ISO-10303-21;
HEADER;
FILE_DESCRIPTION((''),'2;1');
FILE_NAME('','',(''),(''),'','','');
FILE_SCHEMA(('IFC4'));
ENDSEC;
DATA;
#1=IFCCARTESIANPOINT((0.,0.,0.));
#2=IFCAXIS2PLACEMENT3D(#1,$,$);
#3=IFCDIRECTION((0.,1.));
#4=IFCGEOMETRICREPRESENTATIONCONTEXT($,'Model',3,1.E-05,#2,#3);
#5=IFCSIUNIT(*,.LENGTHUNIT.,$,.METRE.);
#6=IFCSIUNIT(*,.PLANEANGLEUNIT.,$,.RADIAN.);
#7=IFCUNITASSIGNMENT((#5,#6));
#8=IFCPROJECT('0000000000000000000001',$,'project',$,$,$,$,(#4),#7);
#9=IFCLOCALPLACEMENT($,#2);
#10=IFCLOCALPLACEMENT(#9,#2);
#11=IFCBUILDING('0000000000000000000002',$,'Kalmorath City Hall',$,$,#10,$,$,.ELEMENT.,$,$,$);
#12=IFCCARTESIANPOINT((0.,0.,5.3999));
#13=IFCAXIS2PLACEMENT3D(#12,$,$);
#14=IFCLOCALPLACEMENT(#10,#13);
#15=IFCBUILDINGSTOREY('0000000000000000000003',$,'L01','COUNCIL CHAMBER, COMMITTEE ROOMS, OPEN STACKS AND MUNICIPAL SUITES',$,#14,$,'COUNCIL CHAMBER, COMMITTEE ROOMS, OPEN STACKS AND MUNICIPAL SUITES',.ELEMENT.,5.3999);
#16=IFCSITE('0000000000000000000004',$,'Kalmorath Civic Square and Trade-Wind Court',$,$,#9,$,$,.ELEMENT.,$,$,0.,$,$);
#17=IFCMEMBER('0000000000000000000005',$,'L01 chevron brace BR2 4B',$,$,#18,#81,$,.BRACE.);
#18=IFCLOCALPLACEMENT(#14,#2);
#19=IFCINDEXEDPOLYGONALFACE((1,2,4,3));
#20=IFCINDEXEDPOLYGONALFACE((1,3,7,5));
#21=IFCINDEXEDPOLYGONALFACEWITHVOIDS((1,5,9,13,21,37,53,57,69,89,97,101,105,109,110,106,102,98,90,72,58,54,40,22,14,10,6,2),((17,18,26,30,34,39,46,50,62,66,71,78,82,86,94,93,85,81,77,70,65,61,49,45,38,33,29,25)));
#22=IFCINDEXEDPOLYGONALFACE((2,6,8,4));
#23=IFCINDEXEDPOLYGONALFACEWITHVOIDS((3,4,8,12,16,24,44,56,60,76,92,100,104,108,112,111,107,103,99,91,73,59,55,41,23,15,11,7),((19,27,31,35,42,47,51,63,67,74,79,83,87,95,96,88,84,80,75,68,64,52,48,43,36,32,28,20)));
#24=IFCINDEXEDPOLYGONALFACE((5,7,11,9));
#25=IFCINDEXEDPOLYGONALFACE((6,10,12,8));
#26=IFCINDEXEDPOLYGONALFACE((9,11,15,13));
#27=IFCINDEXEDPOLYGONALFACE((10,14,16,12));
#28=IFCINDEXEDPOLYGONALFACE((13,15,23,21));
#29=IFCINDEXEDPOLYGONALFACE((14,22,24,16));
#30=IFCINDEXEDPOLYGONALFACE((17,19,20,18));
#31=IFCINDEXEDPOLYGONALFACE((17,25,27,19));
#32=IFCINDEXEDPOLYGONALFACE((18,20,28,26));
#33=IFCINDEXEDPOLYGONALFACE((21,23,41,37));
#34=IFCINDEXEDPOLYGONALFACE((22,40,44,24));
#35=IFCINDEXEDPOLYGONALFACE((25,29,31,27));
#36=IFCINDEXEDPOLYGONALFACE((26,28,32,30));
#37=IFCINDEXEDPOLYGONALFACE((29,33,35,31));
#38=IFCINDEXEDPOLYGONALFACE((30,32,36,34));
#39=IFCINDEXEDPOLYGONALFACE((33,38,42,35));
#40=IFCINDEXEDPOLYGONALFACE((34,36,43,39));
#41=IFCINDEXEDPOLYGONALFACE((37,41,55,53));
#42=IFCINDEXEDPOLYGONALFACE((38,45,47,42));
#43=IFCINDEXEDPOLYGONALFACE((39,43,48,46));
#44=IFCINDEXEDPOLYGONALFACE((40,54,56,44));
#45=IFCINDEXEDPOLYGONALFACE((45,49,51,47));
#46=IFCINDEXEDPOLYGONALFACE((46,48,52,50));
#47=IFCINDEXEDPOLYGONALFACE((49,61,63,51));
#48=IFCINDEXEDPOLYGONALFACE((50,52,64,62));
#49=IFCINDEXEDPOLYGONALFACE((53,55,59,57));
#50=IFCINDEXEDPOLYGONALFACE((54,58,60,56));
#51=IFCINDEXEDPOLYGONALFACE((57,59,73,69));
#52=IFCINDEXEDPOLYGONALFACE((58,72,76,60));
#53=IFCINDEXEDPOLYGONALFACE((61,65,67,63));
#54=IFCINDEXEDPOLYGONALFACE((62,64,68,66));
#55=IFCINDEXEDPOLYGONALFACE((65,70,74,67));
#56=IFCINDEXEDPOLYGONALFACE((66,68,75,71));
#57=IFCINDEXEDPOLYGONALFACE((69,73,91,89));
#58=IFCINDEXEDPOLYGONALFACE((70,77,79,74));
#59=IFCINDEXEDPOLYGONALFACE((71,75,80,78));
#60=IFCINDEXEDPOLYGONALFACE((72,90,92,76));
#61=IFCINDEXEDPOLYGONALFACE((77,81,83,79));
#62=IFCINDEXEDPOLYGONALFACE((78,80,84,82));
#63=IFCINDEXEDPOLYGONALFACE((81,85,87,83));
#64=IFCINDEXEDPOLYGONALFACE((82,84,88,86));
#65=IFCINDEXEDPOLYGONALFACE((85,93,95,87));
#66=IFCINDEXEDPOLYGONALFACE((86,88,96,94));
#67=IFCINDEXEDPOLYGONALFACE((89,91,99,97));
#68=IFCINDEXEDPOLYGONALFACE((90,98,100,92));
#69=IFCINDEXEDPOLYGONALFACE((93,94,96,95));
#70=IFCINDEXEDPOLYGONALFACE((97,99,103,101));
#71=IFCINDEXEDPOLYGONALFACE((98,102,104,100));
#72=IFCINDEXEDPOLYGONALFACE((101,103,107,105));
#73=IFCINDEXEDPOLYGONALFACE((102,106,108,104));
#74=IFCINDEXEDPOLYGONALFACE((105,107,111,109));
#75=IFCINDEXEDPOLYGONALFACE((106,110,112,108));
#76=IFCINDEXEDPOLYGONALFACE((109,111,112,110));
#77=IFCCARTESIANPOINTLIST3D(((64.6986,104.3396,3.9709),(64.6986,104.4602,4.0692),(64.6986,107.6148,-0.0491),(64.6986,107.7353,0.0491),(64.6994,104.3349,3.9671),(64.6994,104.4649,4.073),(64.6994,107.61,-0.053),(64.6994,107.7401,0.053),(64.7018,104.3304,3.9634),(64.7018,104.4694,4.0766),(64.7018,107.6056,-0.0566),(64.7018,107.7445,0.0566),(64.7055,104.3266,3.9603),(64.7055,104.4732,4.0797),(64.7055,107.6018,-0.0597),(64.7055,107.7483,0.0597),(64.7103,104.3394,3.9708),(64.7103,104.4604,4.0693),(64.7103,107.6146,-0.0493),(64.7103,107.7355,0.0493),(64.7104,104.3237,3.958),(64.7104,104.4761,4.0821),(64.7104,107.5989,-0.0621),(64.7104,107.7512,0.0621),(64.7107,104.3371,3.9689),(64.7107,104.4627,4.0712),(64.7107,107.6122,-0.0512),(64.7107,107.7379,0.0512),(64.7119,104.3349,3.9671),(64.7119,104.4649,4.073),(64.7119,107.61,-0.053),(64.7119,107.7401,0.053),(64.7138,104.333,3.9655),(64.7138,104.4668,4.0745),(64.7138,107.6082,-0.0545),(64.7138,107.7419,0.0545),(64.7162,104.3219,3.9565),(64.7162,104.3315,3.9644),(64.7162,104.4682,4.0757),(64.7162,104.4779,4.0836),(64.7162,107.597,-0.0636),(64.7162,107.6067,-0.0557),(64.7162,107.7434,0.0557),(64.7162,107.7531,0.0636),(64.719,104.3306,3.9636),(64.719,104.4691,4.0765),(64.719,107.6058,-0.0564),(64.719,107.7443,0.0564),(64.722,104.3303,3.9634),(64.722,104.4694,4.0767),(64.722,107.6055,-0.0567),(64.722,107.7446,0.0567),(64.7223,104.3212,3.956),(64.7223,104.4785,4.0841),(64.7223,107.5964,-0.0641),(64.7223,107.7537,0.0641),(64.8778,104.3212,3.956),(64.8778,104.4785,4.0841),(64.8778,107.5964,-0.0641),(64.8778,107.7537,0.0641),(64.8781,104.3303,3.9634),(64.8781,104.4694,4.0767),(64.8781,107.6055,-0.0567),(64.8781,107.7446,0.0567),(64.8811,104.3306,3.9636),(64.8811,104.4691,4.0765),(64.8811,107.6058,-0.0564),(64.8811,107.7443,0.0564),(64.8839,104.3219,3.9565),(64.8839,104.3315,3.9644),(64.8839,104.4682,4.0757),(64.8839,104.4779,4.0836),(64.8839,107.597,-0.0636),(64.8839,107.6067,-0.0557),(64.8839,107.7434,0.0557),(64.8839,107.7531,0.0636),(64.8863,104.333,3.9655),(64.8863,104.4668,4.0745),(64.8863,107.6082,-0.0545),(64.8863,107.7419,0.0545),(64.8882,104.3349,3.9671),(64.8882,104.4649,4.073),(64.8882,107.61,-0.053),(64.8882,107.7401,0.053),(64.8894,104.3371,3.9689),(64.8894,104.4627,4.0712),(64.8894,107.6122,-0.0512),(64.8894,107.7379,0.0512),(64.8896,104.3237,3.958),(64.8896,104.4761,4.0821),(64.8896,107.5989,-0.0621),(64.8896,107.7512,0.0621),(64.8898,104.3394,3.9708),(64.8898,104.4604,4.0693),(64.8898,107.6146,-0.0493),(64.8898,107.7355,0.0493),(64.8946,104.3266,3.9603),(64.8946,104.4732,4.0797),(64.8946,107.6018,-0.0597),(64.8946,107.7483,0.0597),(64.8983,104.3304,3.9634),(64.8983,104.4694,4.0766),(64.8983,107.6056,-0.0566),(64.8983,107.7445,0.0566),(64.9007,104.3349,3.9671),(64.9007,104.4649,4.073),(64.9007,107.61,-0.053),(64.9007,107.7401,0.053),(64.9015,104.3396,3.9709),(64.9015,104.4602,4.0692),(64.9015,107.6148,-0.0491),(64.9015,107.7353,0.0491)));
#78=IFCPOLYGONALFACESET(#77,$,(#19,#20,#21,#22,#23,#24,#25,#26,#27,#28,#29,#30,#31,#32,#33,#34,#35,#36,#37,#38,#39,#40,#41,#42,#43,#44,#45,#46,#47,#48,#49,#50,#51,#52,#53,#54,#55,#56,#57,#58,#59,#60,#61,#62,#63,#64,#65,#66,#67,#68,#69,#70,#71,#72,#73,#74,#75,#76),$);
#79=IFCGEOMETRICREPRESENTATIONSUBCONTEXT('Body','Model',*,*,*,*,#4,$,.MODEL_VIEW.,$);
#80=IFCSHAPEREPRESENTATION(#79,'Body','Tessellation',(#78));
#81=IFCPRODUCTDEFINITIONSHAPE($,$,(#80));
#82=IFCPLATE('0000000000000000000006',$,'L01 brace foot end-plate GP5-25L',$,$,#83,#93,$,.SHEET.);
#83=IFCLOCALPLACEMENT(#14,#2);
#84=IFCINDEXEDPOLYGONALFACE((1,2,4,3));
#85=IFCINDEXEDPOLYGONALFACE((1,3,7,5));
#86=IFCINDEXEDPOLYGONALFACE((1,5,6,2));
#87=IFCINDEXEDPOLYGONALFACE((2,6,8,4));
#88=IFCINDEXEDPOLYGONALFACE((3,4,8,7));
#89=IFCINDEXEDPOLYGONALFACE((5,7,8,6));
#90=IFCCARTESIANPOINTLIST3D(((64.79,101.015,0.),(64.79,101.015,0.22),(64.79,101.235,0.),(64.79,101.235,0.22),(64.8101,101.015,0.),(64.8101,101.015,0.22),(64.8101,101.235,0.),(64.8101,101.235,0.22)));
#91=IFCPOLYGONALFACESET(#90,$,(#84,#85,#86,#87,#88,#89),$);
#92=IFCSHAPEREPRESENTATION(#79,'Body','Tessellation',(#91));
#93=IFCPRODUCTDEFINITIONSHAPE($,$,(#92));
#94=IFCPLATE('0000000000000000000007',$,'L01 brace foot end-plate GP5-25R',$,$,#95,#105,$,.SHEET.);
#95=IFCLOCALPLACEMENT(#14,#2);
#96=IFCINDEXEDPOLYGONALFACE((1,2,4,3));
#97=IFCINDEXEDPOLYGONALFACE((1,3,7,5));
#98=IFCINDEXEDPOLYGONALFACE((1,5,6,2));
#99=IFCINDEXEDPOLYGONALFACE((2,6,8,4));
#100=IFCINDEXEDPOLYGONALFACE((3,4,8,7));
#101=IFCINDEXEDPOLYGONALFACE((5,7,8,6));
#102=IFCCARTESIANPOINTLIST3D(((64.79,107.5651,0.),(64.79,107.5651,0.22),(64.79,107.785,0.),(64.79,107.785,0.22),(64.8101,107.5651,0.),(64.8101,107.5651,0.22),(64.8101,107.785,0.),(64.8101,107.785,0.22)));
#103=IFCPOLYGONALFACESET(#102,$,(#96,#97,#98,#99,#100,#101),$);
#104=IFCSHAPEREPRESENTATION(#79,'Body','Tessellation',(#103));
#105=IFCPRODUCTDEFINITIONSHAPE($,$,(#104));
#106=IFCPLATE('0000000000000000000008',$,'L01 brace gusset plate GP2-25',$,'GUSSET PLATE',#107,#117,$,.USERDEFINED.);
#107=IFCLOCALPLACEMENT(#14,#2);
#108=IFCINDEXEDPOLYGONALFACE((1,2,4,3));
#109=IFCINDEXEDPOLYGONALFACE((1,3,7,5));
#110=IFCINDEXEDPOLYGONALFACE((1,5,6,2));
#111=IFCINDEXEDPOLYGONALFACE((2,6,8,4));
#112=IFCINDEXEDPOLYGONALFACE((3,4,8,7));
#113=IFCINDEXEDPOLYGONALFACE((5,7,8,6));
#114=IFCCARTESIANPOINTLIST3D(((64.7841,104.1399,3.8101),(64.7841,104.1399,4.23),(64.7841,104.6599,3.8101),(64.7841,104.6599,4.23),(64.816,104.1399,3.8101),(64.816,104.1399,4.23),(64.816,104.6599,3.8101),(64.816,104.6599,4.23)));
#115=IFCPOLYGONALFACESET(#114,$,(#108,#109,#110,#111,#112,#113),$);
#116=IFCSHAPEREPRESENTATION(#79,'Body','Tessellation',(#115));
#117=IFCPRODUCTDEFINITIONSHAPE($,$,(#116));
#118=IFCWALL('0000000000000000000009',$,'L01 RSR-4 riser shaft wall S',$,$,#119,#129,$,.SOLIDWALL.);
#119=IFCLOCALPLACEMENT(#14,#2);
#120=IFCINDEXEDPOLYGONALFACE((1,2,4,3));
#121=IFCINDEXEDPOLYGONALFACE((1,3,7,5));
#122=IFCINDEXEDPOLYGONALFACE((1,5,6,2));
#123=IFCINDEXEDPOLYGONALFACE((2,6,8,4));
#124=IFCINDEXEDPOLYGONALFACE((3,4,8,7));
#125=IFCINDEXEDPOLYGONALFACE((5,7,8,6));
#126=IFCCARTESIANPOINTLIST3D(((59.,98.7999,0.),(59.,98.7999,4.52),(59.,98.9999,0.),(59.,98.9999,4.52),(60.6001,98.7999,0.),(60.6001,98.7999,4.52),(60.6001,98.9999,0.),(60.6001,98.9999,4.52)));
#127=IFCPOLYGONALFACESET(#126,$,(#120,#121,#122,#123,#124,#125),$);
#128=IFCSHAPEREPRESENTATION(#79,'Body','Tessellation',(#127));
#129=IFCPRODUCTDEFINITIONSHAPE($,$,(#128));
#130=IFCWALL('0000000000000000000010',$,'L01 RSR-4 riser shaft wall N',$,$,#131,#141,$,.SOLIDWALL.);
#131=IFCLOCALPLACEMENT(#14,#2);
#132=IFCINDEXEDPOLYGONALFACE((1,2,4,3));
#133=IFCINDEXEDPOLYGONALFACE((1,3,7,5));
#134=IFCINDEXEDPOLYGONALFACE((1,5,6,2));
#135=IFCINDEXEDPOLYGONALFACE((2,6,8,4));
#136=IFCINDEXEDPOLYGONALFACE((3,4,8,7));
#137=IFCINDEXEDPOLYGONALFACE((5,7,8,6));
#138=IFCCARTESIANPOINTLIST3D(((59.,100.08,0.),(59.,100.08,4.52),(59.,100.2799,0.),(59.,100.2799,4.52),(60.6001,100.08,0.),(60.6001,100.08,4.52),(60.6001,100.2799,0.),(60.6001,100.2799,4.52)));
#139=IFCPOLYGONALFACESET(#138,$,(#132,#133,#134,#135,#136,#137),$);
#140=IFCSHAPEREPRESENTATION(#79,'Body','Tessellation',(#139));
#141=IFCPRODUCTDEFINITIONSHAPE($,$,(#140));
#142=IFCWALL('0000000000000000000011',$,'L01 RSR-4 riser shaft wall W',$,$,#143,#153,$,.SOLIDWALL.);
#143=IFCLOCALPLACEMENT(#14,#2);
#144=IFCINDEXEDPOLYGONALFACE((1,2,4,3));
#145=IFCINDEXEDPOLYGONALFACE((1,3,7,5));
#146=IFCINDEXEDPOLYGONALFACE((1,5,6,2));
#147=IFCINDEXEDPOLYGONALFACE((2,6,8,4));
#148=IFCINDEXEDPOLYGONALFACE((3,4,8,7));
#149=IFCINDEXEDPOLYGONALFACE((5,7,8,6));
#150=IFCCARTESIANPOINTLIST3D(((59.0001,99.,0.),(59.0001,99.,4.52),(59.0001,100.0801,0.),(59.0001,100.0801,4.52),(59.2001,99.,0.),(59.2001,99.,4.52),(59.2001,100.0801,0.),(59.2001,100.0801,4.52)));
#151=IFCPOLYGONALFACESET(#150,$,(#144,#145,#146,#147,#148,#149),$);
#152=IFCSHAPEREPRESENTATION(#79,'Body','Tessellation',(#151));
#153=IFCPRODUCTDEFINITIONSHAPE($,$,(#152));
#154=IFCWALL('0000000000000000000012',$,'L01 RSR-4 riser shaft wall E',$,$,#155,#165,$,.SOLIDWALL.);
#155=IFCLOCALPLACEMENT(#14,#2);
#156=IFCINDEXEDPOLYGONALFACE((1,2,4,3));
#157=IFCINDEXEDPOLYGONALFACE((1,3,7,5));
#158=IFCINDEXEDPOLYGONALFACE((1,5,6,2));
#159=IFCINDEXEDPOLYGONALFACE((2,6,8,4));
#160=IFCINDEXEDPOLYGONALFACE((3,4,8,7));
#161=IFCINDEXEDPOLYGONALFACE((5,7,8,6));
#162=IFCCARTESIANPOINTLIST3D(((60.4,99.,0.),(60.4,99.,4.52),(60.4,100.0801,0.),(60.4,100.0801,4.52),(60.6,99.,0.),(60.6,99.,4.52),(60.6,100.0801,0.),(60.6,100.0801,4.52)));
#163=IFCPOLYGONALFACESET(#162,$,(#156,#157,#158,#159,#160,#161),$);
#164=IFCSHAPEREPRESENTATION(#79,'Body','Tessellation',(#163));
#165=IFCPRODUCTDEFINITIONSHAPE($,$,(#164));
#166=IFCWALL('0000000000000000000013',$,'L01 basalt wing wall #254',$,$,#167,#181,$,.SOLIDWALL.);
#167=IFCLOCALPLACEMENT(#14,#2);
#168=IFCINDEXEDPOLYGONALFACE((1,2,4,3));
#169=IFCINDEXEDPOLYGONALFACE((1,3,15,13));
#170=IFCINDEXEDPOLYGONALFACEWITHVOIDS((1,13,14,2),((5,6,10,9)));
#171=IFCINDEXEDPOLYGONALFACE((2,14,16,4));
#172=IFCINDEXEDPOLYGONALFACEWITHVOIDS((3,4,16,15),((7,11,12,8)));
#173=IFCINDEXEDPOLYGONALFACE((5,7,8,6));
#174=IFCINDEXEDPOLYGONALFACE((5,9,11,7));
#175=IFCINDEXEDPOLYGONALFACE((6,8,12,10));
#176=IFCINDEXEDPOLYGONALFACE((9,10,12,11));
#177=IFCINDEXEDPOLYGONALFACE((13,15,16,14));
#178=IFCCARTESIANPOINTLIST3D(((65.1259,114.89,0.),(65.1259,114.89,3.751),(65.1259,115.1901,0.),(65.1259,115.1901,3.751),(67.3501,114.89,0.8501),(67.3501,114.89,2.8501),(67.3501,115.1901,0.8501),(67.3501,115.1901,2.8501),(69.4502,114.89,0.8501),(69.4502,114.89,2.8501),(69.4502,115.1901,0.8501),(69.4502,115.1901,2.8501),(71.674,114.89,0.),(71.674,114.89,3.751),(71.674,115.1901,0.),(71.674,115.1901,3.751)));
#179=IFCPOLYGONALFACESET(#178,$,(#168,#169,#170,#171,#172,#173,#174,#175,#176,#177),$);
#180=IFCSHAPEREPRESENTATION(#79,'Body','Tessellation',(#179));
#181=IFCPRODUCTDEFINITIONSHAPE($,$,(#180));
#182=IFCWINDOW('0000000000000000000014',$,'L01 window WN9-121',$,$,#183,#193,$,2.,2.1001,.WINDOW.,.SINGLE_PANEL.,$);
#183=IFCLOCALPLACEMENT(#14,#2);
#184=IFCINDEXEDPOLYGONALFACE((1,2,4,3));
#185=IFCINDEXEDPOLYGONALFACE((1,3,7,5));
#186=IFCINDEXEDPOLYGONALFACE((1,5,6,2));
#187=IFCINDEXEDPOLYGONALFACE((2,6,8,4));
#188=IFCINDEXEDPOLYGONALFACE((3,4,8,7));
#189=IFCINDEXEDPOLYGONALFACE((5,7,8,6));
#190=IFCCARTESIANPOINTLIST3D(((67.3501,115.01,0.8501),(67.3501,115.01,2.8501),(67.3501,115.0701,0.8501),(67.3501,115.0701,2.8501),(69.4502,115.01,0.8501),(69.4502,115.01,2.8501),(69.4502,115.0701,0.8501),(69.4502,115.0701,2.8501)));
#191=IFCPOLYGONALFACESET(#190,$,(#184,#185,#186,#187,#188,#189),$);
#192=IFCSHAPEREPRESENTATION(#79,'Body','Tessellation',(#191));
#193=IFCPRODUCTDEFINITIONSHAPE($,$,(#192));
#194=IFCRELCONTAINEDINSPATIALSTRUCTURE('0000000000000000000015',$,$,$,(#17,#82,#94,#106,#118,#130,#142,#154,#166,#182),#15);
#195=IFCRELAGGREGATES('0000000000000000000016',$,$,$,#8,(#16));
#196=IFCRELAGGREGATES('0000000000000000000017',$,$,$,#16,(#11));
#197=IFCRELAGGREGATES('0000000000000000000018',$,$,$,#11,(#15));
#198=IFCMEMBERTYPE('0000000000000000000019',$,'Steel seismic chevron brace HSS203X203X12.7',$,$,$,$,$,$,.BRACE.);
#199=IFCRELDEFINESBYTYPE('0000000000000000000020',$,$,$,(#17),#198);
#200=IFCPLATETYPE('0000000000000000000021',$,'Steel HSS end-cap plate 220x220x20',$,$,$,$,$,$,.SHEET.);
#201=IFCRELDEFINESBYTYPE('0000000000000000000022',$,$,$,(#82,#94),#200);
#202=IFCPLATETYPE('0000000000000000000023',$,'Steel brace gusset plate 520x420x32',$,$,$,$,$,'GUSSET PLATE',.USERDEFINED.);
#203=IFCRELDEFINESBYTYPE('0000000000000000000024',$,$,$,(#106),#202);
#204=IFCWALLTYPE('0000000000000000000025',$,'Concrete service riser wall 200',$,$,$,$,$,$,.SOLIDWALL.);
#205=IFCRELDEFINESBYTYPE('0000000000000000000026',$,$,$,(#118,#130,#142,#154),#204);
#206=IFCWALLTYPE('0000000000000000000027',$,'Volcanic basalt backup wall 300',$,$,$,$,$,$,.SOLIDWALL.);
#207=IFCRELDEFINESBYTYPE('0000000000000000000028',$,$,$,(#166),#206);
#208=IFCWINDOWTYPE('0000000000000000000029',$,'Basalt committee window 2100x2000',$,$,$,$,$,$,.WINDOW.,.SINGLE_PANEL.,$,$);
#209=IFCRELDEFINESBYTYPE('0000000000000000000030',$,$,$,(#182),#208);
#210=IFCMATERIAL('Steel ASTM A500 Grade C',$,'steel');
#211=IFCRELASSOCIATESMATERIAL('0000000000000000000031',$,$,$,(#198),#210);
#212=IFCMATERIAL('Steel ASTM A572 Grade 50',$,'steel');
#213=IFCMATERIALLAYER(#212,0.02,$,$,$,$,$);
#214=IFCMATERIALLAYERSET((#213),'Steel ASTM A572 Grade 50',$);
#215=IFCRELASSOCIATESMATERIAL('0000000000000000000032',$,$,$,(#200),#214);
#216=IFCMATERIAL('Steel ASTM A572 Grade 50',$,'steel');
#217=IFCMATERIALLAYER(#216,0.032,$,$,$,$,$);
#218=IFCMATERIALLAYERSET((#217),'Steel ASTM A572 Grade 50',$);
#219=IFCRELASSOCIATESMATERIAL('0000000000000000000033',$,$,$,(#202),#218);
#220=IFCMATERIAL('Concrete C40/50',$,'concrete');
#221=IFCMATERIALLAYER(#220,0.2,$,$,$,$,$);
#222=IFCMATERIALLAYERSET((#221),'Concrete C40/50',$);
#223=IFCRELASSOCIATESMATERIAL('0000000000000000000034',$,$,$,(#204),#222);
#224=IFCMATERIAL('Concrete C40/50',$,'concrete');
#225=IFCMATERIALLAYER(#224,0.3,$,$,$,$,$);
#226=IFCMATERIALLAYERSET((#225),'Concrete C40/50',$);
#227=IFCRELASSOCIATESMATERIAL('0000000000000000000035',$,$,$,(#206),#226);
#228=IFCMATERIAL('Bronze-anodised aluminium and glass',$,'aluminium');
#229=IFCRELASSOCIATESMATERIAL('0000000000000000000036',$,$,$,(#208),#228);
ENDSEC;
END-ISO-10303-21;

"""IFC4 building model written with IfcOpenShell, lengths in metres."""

from ifc_helpers import new_model, si_unit, direction, frame, frame_2d, origin, origin_2d, place, context, subcontext, project, spatial, rectangle, hollow_rectangle, extrude, material, layer, layer_set, material_profile, profile_set, type_object, element, fill, save


model = new_model("IFC4")

# Units and contexts
model_context = context("Model", 3, precision=1e-05, world=origin(), true_north=direction((0.0, 1.0)))
body_context = subcontext(model_context, "Body", "Model", "MODEL_VIEW")
ifc_project = project(units=[si_unit("LENGTHUNIT", "METRE"), si_unit("PLANEANGLEUNIT", "RADIAN")], contexts=[model_context])

# Site, building, storey
site_placement = place(None, origin())
site = spatial("IfcSite", under=ifc_project, at=site_placement, Name="Kalmorath Civic Square and Trade-Wind Court", CompositionType="ELEMENT", RefElevation=0.0)
building_placement = place(site_placement, origin())
building = spatial("IfcBuilding", under=site, at=building_placement, Name="Kalmorath City Hall", CompositionType="ELEMENT")
storey_placement = place(building_placement, frame((0.0, 0.0, 5.3999)))
storey = spatial("IfcBuildingStorey", under=building, at=storey_placement, Name="L01", Description="COUNCIL CHAMBER, COMMITTEE ROOMS, OPEN STACKS AND MUNICIPAL SUITES", LongName="COUNCIL CHAMBER, COMMITTEE ROOMS, OPEN STACKS AND MUNICIPAL SUITES", CompositionType="ELEMENT", Elevation=5.3999)

# Member
ifc_material_1 = material(Name="Steel ASTM A500 Grade C", Category="steel")
ifc_material_profile_1 = material_profile(ifc_material_1, hollow_rectangle(XDim=0.2029, YDim=0.2029, WallThickness=0.0117, InnerFilletRadius=0.0117, OuterFilletRadius=0.0237, at=origin_2d()), Name="HSS203X203X12.7")
ifc_profile_set_1 = profile_set([ifc_material_profile_1], Name="Steel ASTM A500 Grade C")
member_type = type_object("IfcMemberType", Name="Steel seismic chevron brace HSS203X203X12.7", PredefinedType="BRACE", material=ifc_profile_set_1)
member_1_placement = place(storey_placement, frame((64.8, 107.675, 0.0), z_axis=(0.0, -0.631624, 0.775275), x_axis=(1.0, 0.0, 0.0)))
element("IfcMember", 1, at=member_1_placement, inside=storey, type_object=member_type, Name="L01 chevron brace BR2 4B", PredefinedType="BRACE", context=body_context, shape_type="SweptSolid", body=[
    extrude(hollow_rectangle(XDim=0.2029, YDim=0.2029, WallThickness=0.0117, InnerFilletRadius=0.0117, OuterFilletRadius=0.0237, at=origin_2d()), origin(), (0.0, 0.0, 1.0), 5.1853),
])

# Plates
ifc_material_2 = material(Name="Steel ASTM A572 Grade 50", Category="steel")
ifc_layer_1 = layer(ifc_material_2, 0.02)
ifc_layer_set_1 = layer_set([ifc_layer_1], Name="Steel ASTM A572 Grade 50")
plate_type_1 = type_object("IfcPlateType", Name="Steel HSS end-cap plate 220x220x20", PredefinedType="SHEET", material=ifc_layer_set_1)
for number, where, z_axis, x_axis, name in (
    (2, (64.8, 101.125, 0.0), (0.0, 0.0, 1.0), (0.0, 1.0, 0.0), "L01 brace foot end-plate GP5-25L"),
    (3, (64.8, 107.675, 0.0), (0.0, 0.0, 1.0), (0.0, 1.0, 0.0), "L01 brace foot end-plate GP5-25R"),
):
    element("IfcPlate", number, at=place(storey_placement, frame(where, z_axis=z_axis, x_axis=x_axis)), inside=storey, type_object=plate_type_1, Name=name, PredefinedType="SHEET", context=body_context, shape_type="SweptSolid", body=[
        extrude(rectangle(XDim=0.22, YDim=0.02, at=origin_2d()), origin(), (0.0, 0.0, 1.0), 0.22),
    ])
ifc_material_3 = material(Name="Steel ASTM A572 Grade 50", Category="steel")
ifc_layer_2 = layer(ifc_material_3, 0.032)
ifc_layer_set_2 = layer_set([ifc_layer_2], Name="Steel ASTM A572 Grade 50")
plate_type_2 = type_object("IfcPlateType", Name="Steel brace gusset plate 520x420x32", ElementType="GUSSET PLATE", PredefinedType="USERDEFINED", material=ifc_layer_set_2)
plate_placement = place(storey_placement, frame((64.8, 104.3999, 3.8101), z_axis=(0.0, 0.0, 1.0), x_axis=(0.0, 1.0, 0.0)))
element("IfcPlate", 4, at=plate_placement, inside=storey, type_object=plate_type_2, Name="L01 brace gusset plate GP2-25", ObjectType="GUSSET PLATE", PredefinedType="USERDEFINED", context=body_context, shape_type="SweptSolid", body=[
    extrude(rectangle(XDim=0.52, YDim=0.032, at=origin_2d()), origin(), (0.0, 0.0, 1.0), 0.4199),
])

# Walls
ifc_material_4 = material(Name="Concrete C40/50", Category="concrete")
ifc_layer_3 = layer(ifc_material_4, 0.2)
ifc_layer_set_3 = layer_set([ifc_layer_3], Name="Concrete C40/50")
wall_type_1 = type_object("IfcWallType", Name="Concrete service riser wall 200", PredefinedType="SOLIDWALL", material=ifc_layer_set_3)
for number, where, z_axis, x_axis, name in (
    (5, (59.0, 98.8999, 0.0), (0.0, 0.0, 1.0), (1.0, 0.0, 0.0), "L01 RSR-4 riser shaft wall S"),
    (6, (60.6001, 100.1799, 0.0), (0.0, 0.0, 1.0), (-1.0, 0.0, 0.0), "L01 RSR-4 riser shaft wall N"),
):
    element("IfcWall", number, at=place(storey_placement, frame(where, z_axis=z_axis, x_axis=x_axis)), inside=storey, type_object=wall_type_1, Name=name, PredefinedType="SOLIDWALL", context=body_context, shape_type="SweptSolid", body=[
        extrude(rectangle(XDim=1.6001, YDim=0.2, at=frame_2d((0.8, 0.0))), origin(), (0.0, 0.0, 1.0), 4.52),
    ])
for number, where, z_axis, x_axis, name in (
    (7, (59.1001, 100.0801, 0.0), (0.0, 0.0, 1.0), (0.0, -1.0, 0.0), "L01 RSR-4 riser shaft wall W"),
    (8, (60.5, 99.0, 0.0), (0.0, 0.0, 1.0), (0.0, 1.0, 0.0), "L01 RSR-4 riser shaft wall E"),
):
    element("IfcWall", number, at=place(storey_placement, frame(where, z_axis=z_axis, x_axis=x_axis)), inside=storey, type_object=wall_type_1, Name=name, PredefinedType="SOLIDWALL", context=body_context, shape_type="SweptSolid", body=[
        extrude(rectangle(XDim=1.0801, YDim=0.2, at=frame_2d((0.54, 0.0))), origin(), (0.0, 0.0, 1.0), 4.52),
    ])

# Wall, opening, window
ifc_material_5 = material(Name="Concrete C40/50", Category="concrete")
ifc_layer_4 = layer(ifc_material_5, 0.3)
ifc_layer_set_4 = layer_set([ifc_layer_4], Name="Concrete C40/50")
wall_type_2 = type_object("IfcWallType", Name="Volcanic basalt backup wall 300", PredefinedType="SOLIDWALL", material=ifc_layer_set_4)
wall_placement = place(storey_placement, frame((65.126, 115.04, 0.0), z_axis=(0.0, 0.0, 1.0), x_axis=(1.0, 0.0, 0.0)))
wall = element("IfcWall", 9, at=wall_placement, inside=storey, type_object=wall_type_2, Name="L01 basalt wing wall #254", PredefinedType="SOLIDWALL", context=body_context, shape_type="SweptSolid", body=[
    extrude(rectangle(XDim=6.5481, YDim=0.3, at=frame_2d((3.2739, 0.0))), origin(), (0.0, 0.0, 1.0), 3.751),
])
opening_placement = place(wall_placement, frame((2.2241, 0.0, 0.8501)))
opening = element("IfcOpeningElement", 10, at=opening_placement, cuts=wall, PredefinedType="OPENING", context=body_context, shape_type="SweptSolid", body=[
    extrude(rectangle(XDim=2.1001, YDim=2.0, at=frame_2d((1.05, 1.0))), frame((0.0, 0.1599, 0.0), z_axis=(0.0, -1.0, 0.0), x_axis=(1.0, 0.0, 0.0)), (0.0, 0.0, 1.0), 0.3201),
])
ifc_material_6 = material(Name="Bronze-anodised aluminium and glass", Category="aluminium")
window_type = type_object("IfcWindowType", Name="Basalt committee window 2100x2000", PartitioningType="SINGLE_PANEL", PredefinedType="WINDOW", material=ifc_material_6)
window_placement = place(opening_placement, origin())
window = element("IfcWindow", 11, at=window_placement, inside=storey, type_object=window_type, Name="L01 window WN9-121", OverallHeight=2.0, OverallWidth=2.1001, PartitioningType="SINGLE_PANEL", PredefinedType="WINDOW", context=body_context, shape_type="SweptSolid", body=[
    extrude(rectangle(XDim=2.1001, YDim=2.0, at=frame_2d((1.05, 1.0))), frame((0.0, 0.03, 0.0), z_axis=(0.0, -1.0, 0.0), x_axis=(1.0, 0.0, 0.0)), (0.0, 0.0, 1.0), 0.0601),
])
fill(opening, window)

save(model, "model.ifc")
